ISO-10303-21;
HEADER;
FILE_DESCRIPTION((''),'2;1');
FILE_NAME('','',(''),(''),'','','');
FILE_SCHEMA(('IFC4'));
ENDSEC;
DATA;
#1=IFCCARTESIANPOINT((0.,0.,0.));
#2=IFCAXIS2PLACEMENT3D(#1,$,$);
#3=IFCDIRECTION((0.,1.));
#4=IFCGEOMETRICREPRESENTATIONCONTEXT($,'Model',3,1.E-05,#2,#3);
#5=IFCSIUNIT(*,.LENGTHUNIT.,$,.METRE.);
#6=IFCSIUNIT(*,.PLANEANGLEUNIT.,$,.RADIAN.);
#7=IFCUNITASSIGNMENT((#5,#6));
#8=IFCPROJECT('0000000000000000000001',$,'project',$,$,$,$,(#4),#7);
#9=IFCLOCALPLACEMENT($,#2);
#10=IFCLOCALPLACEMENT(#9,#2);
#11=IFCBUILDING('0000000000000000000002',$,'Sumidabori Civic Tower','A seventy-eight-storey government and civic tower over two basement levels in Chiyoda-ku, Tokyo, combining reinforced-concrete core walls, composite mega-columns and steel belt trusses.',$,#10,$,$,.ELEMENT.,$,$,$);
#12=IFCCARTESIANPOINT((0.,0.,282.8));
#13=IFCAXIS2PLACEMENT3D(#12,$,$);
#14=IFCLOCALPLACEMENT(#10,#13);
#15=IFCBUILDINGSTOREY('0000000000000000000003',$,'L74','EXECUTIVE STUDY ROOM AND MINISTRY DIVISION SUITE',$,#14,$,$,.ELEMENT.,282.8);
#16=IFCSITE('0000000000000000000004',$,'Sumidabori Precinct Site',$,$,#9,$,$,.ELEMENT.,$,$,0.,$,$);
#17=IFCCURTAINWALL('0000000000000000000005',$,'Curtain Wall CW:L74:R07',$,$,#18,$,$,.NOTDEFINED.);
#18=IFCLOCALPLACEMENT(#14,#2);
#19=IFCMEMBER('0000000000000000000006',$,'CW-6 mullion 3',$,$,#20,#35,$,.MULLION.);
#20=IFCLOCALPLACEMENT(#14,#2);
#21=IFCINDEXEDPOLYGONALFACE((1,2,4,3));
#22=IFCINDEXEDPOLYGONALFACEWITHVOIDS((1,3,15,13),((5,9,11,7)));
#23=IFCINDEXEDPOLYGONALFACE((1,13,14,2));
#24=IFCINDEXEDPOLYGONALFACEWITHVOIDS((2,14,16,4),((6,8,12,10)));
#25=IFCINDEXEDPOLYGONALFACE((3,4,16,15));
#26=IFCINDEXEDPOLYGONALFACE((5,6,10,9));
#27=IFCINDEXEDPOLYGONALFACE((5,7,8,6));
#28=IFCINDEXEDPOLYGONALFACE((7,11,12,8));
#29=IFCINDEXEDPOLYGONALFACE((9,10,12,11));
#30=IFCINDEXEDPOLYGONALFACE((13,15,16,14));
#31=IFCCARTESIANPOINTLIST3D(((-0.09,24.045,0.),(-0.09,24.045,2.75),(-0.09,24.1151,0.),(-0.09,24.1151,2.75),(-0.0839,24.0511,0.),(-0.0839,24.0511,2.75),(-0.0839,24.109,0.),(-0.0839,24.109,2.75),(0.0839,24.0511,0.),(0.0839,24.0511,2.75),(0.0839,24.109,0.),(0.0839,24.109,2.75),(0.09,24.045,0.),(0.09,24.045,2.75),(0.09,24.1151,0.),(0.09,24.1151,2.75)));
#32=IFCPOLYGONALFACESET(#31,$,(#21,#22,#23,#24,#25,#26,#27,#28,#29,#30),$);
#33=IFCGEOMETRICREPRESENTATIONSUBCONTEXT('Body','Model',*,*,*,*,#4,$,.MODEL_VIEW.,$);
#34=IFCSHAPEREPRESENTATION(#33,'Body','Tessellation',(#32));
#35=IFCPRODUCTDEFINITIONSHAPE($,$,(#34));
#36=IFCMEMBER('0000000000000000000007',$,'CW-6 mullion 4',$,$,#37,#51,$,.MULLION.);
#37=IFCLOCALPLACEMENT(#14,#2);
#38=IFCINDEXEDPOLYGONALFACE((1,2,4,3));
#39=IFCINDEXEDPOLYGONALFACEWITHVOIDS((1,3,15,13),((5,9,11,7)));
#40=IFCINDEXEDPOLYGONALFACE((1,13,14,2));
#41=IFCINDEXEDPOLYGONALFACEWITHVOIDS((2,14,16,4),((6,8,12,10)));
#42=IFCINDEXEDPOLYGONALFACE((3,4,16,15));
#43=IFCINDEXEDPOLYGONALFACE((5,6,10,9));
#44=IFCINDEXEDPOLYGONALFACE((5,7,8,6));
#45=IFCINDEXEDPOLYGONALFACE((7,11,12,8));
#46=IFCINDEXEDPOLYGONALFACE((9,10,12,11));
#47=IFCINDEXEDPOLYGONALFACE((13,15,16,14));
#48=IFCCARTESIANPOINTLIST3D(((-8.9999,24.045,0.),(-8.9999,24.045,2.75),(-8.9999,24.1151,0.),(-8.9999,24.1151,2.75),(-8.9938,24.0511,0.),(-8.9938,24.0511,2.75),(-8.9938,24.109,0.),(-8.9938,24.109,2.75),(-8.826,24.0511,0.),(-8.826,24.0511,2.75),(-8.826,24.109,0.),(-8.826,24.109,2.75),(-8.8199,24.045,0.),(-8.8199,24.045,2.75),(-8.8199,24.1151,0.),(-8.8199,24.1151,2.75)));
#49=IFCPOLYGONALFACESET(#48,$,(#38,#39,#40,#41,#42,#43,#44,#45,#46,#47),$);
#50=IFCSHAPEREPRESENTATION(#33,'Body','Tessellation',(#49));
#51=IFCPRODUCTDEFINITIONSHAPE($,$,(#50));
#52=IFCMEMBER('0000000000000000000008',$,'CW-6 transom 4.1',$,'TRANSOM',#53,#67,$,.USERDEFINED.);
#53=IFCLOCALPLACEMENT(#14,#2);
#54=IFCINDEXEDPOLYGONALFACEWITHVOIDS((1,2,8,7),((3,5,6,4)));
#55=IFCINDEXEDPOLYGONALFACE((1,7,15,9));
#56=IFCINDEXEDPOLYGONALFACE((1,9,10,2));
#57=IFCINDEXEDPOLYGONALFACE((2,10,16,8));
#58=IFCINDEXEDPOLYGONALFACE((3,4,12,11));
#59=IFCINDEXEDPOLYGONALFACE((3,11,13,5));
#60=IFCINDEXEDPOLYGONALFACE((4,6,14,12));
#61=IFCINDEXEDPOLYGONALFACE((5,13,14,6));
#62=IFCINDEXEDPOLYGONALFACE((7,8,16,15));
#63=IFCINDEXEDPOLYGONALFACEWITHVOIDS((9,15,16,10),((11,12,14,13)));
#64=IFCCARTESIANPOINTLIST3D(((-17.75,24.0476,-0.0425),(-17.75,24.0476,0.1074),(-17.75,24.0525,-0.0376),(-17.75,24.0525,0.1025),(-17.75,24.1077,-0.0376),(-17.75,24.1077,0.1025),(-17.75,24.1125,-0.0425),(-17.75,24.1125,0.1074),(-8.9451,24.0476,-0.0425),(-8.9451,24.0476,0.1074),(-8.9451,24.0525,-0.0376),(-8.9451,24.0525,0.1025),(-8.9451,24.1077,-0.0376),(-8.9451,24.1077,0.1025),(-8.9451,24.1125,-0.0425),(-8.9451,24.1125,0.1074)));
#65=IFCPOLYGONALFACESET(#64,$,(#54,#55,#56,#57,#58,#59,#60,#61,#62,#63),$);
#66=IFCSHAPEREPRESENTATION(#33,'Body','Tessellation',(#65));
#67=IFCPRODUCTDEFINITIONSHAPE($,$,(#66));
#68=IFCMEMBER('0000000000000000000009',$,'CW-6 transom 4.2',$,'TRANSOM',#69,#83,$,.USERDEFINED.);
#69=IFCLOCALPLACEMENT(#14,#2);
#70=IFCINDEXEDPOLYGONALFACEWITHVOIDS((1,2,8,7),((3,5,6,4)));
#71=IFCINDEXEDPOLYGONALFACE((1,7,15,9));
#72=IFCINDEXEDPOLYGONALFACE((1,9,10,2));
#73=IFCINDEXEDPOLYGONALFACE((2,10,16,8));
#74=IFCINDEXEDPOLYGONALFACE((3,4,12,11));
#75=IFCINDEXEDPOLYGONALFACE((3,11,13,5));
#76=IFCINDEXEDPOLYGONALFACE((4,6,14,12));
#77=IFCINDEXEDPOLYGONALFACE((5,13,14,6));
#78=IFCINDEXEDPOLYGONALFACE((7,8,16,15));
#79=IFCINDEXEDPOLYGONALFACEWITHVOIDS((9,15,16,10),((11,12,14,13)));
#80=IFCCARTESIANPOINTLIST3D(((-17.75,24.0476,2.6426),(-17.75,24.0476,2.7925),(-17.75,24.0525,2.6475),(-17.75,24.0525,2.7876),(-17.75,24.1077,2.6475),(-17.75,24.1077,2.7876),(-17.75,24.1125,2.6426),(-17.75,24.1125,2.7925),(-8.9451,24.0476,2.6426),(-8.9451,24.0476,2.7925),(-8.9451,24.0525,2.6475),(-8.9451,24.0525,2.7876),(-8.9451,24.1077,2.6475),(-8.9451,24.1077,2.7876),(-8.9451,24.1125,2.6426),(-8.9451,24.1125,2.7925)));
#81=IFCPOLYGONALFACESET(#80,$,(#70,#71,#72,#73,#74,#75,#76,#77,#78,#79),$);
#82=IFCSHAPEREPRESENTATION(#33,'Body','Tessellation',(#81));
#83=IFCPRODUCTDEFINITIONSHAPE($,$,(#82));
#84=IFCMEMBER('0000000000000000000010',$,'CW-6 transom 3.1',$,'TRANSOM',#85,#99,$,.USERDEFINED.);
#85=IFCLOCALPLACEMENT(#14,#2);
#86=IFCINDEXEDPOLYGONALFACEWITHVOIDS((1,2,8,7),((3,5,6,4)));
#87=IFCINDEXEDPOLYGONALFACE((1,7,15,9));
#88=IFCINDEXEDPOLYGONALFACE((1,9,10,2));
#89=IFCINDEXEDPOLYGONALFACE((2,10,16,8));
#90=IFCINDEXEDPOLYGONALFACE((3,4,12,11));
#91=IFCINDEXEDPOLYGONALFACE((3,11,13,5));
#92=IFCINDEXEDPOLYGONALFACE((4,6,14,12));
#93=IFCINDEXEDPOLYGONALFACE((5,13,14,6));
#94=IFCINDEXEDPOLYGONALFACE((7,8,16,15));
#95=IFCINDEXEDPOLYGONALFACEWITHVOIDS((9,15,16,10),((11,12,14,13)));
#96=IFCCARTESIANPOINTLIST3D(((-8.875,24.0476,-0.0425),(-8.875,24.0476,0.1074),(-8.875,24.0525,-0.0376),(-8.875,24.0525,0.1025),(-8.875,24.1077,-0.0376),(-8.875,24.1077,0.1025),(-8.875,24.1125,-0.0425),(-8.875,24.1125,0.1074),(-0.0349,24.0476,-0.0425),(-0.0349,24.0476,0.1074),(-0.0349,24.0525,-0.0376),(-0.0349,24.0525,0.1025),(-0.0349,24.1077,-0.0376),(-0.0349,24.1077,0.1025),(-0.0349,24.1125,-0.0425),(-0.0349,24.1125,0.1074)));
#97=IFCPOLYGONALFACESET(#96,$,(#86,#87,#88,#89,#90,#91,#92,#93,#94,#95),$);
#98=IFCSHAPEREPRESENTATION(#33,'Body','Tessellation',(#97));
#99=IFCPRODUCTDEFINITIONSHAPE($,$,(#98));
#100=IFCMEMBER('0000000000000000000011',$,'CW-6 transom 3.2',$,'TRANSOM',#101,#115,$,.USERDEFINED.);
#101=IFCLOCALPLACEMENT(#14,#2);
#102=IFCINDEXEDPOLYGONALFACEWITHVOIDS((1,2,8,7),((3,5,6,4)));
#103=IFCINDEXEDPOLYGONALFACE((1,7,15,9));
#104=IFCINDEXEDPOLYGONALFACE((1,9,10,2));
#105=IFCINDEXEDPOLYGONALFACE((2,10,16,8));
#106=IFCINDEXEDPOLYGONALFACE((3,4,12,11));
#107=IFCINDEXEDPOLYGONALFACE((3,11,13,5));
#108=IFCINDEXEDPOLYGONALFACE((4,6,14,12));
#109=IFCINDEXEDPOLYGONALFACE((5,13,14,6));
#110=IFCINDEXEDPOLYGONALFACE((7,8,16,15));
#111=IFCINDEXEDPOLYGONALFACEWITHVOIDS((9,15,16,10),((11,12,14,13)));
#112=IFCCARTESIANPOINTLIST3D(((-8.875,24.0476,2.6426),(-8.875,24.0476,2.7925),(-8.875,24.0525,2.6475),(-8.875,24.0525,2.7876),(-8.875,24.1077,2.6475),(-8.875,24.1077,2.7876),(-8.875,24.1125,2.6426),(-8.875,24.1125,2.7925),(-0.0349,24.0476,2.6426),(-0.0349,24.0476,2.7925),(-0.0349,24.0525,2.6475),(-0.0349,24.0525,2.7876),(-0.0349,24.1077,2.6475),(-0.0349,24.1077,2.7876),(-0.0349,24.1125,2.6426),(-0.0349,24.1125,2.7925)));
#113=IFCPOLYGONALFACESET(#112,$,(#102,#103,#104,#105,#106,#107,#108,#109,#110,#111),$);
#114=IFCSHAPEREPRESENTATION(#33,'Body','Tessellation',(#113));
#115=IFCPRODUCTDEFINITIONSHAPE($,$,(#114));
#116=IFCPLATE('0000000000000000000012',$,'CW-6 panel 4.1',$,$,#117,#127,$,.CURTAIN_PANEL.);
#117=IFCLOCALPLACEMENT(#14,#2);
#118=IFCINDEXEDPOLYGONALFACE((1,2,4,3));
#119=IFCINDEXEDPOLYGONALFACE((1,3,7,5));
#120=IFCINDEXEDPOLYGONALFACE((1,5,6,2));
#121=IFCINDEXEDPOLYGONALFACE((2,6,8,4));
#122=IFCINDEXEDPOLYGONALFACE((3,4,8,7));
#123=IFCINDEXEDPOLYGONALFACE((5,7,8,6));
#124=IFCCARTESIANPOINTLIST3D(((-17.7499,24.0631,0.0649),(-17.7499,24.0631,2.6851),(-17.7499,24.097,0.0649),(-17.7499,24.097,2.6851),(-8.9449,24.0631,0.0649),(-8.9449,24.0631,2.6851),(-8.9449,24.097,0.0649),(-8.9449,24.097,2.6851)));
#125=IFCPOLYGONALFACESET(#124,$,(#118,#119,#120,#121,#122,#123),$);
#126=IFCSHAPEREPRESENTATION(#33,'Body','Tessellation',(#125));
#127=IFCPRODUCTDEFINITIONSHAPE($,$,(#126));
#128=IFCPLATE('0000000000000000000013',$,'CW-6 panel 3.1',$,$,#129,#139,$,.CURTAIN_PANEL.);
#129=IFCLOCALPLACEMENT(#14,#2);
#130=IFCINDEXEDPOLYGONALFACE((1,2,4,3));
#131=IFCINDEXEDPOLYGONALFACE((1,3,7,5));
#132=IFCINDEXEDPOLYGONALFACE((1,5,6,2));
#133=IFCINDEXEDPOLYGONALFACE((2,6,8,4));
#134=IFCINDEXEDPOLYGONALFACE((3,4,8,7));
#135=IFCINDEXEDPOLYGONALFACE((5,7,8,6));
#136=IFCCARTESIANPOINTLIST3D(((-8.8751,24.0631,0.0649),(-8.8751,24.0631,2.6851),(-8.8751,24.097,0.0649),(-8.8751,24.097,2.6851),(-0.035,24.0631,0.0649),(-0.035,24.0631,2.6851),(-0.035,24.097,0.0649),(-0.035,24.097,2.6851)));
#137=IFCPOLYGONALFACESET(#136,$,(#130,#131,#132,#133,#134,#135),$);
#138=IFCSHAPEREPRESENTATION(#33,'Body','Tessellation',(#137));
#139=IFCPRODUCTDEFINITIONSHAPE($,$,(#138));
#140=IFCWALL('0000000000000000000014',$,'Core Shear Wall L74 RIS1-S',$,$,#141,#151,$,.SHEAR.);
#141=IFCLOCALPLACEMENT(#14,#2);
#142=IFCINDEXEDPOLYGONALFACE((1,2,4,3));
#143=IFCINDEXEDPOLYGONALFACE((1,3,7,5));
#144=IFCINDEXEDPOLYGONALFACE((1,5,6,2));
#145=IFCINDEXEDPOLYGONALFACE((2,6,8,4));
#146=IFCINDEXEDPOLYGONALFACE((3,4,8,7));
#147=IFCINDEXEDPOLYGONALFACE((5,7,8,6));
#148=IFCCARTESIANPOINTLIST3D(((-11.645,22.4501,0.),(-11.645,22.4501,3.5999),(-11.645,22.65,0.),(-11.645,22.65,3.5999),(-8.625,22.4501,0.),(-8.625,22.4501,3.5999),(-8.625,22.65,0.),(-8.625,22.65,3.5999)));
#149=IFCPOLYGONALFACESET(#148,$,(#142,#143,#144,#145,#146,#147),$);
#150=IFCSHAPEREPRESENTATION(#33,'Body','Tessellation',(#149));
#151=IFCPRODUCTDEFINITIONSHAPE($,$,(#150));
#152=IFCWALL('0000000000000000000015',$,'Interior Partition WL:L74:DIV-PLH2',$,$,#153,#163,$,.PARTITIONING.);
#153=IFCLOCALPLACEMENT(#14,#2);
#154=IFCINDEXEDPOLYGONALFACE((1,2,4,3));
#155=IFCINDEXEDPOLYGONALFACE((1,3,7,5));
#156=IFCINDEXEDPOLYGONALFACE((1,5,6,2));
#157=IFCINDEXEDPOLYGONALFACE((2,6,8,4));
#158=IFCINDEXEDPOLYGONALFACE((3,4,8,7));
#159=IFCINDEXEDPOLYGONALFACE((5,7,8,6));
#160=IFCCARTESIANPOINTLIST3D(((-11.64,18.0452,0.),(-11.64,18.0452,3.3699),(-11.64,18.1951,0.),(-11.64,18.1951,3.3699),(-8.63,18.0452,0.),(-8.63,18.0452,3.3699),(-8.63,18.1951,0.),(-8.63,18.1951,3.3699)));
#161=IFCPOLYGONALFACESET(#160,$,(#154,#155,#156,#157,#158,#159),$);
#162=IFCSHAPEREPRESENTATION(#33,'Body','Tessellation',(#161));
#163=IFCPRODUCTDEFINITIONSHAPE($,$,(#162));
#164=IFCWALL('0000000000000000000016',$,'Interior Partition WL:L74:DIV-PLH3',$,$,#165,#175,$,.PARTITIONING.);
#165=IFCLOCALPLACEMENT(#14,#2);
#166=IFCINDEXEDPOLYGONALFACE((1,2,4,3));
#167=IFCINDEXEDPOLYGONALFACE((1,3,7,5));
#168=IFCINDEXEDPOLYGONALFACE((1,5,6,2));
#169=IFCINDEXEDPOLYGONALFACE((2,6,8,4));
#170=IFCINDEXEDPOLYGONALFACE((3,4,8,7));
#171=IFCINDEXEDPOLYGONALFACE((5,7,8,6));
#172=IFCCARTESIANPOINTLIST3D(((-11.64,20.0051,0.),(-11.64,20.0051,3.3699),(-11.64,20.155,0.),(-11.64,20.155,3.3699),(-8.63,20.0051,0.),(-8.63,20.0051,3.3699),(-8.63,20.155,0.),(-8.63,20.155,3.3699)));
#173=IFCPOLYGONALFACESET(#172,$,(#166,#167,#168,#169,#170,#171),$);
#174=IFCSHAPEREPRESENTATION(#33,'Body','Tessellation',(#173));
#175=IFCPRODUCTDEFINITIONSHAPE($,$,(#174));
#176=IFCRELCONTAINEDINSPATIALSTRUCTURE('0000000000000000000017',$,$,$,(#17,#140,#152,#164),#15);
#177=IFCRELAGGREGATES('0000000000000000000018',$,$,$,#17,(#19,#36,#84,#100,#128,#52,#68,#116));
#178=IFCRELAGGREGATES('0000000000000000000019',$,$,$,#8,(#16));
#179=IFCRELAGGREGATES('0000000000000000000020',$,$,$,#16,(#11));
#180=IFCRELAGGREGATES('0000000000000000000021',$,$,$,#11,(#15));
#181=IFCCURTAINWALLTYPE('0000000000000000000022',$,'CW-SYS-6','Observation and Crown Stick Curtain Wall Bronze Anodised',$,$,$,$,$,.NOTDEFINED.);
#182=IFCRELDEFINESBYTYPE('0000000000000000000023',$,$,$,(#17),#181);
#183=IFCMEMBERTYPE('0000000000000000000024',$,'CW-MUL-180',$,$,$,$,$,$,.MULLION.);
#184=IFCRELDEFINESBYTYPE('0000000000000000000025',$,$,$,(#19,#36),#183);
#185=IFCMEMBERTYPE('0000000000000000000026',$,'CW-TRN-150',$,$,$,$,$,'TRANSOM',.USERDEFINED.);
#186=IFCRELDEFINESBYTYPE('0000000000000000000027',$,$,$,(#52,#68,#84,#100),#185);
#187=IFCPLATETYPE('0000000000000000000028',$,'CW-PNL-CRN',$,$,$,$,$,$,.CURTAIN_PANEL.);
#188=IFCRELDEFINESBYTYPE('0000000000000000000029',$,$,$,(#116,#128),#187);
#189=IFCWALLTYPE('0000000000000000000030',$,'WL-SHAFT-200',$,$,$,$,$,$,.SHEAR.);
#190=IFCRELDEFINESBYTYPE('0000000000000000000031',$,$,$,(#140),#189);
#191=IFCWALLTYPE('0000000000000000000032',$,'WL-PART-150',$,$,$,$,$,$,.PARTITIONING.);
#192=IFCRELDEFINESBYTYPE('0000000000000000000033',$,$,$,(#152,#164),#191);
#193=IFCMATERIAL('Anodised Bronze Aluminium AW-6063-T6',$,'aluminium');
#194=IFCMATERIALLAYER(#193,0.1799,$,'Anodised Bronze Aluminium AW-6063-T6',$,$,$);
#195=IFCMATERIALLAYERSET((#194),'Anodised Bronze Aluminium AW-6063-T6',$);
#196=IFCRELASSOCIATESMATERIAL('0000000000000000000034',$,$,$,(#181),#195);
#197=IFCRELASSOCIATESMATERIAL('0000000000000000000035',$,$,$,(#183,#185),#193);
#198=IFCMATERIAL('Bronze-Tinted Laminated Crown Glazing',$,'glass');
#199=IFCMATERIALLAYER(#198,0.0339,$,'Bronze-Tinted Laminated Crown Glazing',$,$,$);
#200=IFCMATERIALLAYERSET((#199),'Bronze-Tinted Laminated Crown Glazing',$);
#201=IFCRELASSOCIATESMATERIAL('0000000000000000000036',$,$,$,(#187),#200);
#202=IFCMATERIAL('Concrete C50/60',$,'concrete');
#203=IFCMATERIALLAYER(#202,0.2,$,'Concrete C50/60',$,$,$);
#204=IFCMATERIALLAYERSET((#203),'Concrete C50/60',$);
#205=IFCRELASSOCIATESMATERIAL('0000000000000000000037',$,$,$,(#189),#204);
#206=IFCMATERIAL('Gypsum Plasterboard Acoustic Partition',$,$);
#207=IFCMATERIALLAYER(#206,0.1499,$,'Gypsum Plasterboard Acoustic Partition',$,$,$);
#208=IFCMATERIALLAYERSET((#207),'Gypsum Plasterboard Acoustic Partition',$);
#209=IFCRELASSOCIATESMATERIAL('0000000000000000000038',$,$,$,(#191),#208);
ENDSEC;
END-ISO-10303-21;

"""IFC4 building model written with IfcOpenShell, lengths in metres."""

from ifc_helpers import new_model, si_unit, direction, frame, frame_2d, origin, origin_2d, place, context, subcontext, project, spatial, rectangle, hollow_rectangle, extrude, source, transform, mapped, material, layer, layer_set, material_profile, profile_set, type_object, element, aggregate, save


model = new_model("IFC4")

# Units and contexts
model_context = context("Model", 3, precision=1e-05, world=origin(), true_north=direction((0.0, 1.0)))
body_context = subcontext(model_context, "Body", "Model", "MODEL_VIEW")
ifc_project = project(units=[si_unit("LENGTHUNIT", "METRE"), si_unit("PLANEANGLEUNIT", "RADIAN")], contexts=[model_context])

# Site, building, storey
site_placement = place(None, origin())
site = spatial("IfcSite", under=ifc_project, at=site_placement, Name="Sumidabori Precinct Site", CompositionType="ELEMENT", RefElevation=0.0)
building_placement = place(site_placement, origin())
building = spatial("IfcBuilding", under=site, at=building_placement, Name="Sumidabori Civic Tower", Description="A seventy-eight-storey government and civic tower over two basement levels in Chiyoda-ku, Tokyo, combining reinforced-concrete core walls, composite mega-columns and steel belt trusses.", CompositionType="ELEMENT")
storey_placement = place(building_placement, frame((0.0, 0.0, 282.8)))
storey = spatial("IfcBuildingStorey", under=building, at=storey_placement, Name="L74", Description="EXECUTIVE STUDY ROOM AND MINISTRY DIVISION SUITE", CompositionType="ELEMENT", Elevation=282.8)

# Curtain wall, members, plates
ifc_material_1 = material(Name="Anodised Bronze Aluminium AW-6063-T6", Category="aluminium")
ifc_layer_1 = layer(ifc_material_1, 0.1799, Name="Anodised Bronze Aluminium AW-6063-T6")
ifc_layer_set_1 = layer_set([ifc_layer_1], Name="Anodised Bronze Aluminium AW-6063-T6")
curtain_wall_type = type_object("IfcCurtainWallType", Name="CW-SYS-6", Description="Observation and Crown Stick Curtain Wall Bronze Anodised", PredefinedType="NOTDEFINED", material=ifc_layer_set_1)
curtain_wall_placement = place(storey_placement, origin())
curtain_wall = element("IfcCurtainWall", 1, at=curtain_wall_placement, inside=storey, type_object=curtain_wall_type, Name="Curtain Wall CW:L74:R07", PredefinedType="NOTDEFINED")
ifc_material_profile_1 = material_profile(ifc_material_1, hollow_rectangle(XDim=0.0701, YDim=0.1799, WallThickness=0.0061, at=origin_2d()), Name="ALU MULLION 180x70")
ifc_profile_set_1 = profile_set([ifc_material_profile_1], Name="Anodised Bronze Aluminium AW-6063-T6")
member_type_1 = type_object("IfcMemberType", Name="CW-MUL-180", PredefinedType="MULLION", material=ifc_profile_set_1)
shared_shape_1 = source(origin(), body_context, "Body", "SweptSolid", [
    extrude(hollow_rectangle(XDim=0.0701, YDim=0.1799, WallThickness=0.0061, at=origin_2d()), origin(), (0.0, 0.0, 1.0), 2.75),
])
member_1_placement = place(storey_placement, frame((0.0, 24.0801, 0.0), z_axis=(0.0, 0.0, 1.0), x_axis=(0.0, -1.0, 0.0)))
member_1 = element("IfcMember", 2, at=member_1_placement, type_object=member_type_1, Name="CW-6 mullion 3", PredefinedType="MULLION", context=body_context, shape_type="MappedRepresentation", body=[
    mapped(shared_shape_1, transform((0.0, 0.0, 0.0), x_axis=(1.0, 0.0, 0.0), y_axis=(0.0, 1.0, 0.0), z_axis=(0.0, 0.0, 1.0), scale=1.0)),
])
member_2_placement = place(storey_placement, frame((-8.9099, 24.0801, 0.0), z_axis=(0.0, 0.0, 1.0), x_axis=(0.0, -1.0, 0.0)))
member_2 = element("IfcMember", 3, at=member_2_placement, type_object=member_type_1, Name="CW-6 mullion 4", PredefinedType="MULLION", context=body_context, shape_type="MappedRepresentation", body=[
    mapped(shared_shape_1, transform((0.0, 0.0, 0.0), x_axis=(1.0, 0.0, 0.0), y_axis=(0.0, 1.0, 0.0), z_axis=(0.0, 0.0, 1.0), scale=1.0)),
])
ifc_material_profile_2 = material_profile(ifc_material_1, hollow_rectangle(XDim=0.0649, YDim=0.1499, WallThickness=0.0049, at=origin_2d()), Name="ALU TRANSOM 150x65")
ifc_profile_set_2 = profile_set([ifc_material_profile_2], Name="Anodised Bronze Aluminium AW-6063-T6")
member_type_2 = type_object("IfcMemberType", Name="CW-TRN-150", ElementType="TRANSOM", PredefinedType="USERDEFINED", material=ifc_profile_set_2)
shared_shape_2 = source(origin(), body_context, "Body", "SweptSolid", [
    extrude(hollow_rectangle(XDim=0.0649, YDim=0.1499, WallThickness=0.0049, at=origin_2d()), origin(), (0.0, 0.0, 1.0), 8.8049),
])
member_3_placement = place(storey_placement, frame((-8.9451, 24.0801, 0.0325), z_axis=(-1.0, 0.0, 0.0), x_axis=(0.0, -1.0, 0.0)))
member_3 = element("IfcMember", 4, at=member_3_placement, type_object=member_type_2, Name="CW-6 transom 4.1", ObjectType="TRANSOM", PredefinedType="USERDEFINED", context=body_context, shape_type="MappedRepresentation", body=[
    mapped(shared_shape_2, transform((0.0, 0.0, 0.0), x_axis=(1.0, 0.0, 0.0), y_axis=(0.0, 1.0, 0.0), z_axis=(0.0, 0.0, 1.0), scale=1.0)),
])
member_4_placement = place(storey_placement, frame((-8.9451, 24.0801, 2.7175), z_axis=(-1.0, 0.0, 0.0), x_axis=(0.0, -1.0, 0.0)))
member_4 = element("IfcMember", 5, at=member_4_placement, type_object=member_type_2, Name="CW-6 transom 4.2", ObjectType="TRANSOM", PredefinedType="USERDEFINED", context=body_context, shape_type="MappedRepresentation", body=[
    mapped(shared_shape_2, transform((0.0, 0.0, 0.0), x_axis=(1.0, 0.0, 0.0), y_axis=(0.0, 1.0, 0.0), z_axis=(0.0, 0.0, 1.0), scale=1.0)),
])
shared_shape_3 = source(origin(), body_context, "Body", "SweptSolid", [
    extrude(hollow_rectangle(XDim=0.0649, YDim=0.1499, WallThickness=0.0049, at=origin_2d()), origin(), (0.0, 0.0, 1.0), 8.8401),
])
member_5_placement = place(storey_placement, frame((-0.0349, 24.0801, 0.0325), z_axis=(-1.0, 0.0, 0.0), x_axis=(0.0, -1.0, 0.0)))
member_5 = element("IfcMember", 6, at=member_5_placement, type_object=member_type_2, Name="CW-6 transom 3.1", ObjectType="TRANSOM", PredefinedType="USERDEFINED", context=body_context, shape_type="MappedRepresentation", body=[
    mapped(shared_shape_3, transform((0.0, 0.0, 0.0), x_axis=(1.0, 0.0, 0.0), y_axis=(0.0, 1.0, 0.0), z_axis=(0.0, 0.0, 1.0), scale=1.0)),
])
member_6_placement = place(storey_placement, frame((-0.0349, 24.0801, 2.7175), z_axis=(-1.0, 0.0, 0.0), x_axis=(0.0, -1.0, 0.0)))
member_6 = element("IfcMember", 7, at=member_6_placement, type_object=member_type_2, Name="CW-6 transom 3.2", ObjectType="TRANSOM", PredefinedType="USERDEFINED", context=body_context, shape_type="MappedRepresentation", body=[
    mapped(shared_shape_3, transform((0.0, 0.0, 0.0), x_axis=(1.0, 0.0, 0.0), y_axis=(0.0, 1.0, 0.0), z_axis=(0.0, 0.0, 1.0), scale=1.0)),
])
ifc_material_2 = material(Name="Bronze-Tinted Laminated Crown Glazing", Category="glass")
ifc_layer_2 = layer(ifc_material_2, 0.0339, Name="Bronze-Tinted Laminated Crown Glazing")
ifc_layer_set_2 = layer_set([ifc_layer_2], Name="Bronze-Tinted Laminated Crown Glazing")
plate_type = type_object("IfcPlateType", Name="CW-PNL-CRN", PredefinedType="CURTAIN_PANEL", material=ifc_layer_set_2)
shared_shape_4 = source(origin(), body_context, "Body", "SweptSolid", [
    extrude(rectangle(XDim=8.8049, YDim=0.0339, at=origin_2d()), origin(), (0.0, 0.0, 1.0), 2.6201),
])
plate_1_placement = place(storey_placement, frame((-13.3474, 24.0801, 0.0649), z_axis=(0.0, 0.0, 1.0), x_axis=(-1.0, 0.0, 0.0)))
plate_1 = element("IfcPlate", 8, at=plate_1_placement, type_object=plate_type, Name="CW-6 panel 4.1", PredefinedType="CURTAIN_PANEL", context=body_context, shape_type="MappedRepresentation", body=[
    mapped(shared_shape_4, transform((0.0, 0.0, 0.0), x_axis=(1.0, 0.0, 0.0), y_axis=(0.0, 1.0, 0.0), z_axis=(0.0, 0.0, 1.0), scale=1.0)),
])
shared_shape_5 = source(origin(), body_context, "Body", "SweptSolid", [
    extrude(rectangle(XDim=8.8401, YDim=0.0339, at=origin_2d()), origin(), (0.0, 0.0, 1.0), 2.6201),
])
plate_2_placement = place(storey_placement, frame((-4.4551, 24.0801, 0.0649), z_axis=(0.0, 0.0, 1.0), x_axis=(-1.0, 0.0, 0.0)))
plate_2 = element("IfcPlate", 9, at=plate_2_placement, type_object=plate_type, Name="CW-6 panel 3.1", PredefinedType="CURTAIN_PANEL", context=body_context, shape_type="MappedRepresentation", body=[
    mapped(shared_shape_5, transform((0.0, 0.0, 0.0), x_axis=(1.0, 0.0, 0.0), y_axis=(0.0, 1.0, 0.0), z_axis=(0.0, 0.0, 1.0), scale=1.0)),
])
aggregate(curtain_wall, [member_1, member_2, member_5, member_6, plate_2, member_3, member_4, plate_1])

# Walls
ifc_material_3 = material(Name="Concrete C50/60", Category="concrete")
ifc_layer_3 = layer(ifc_material_3, 0.2, Name="Concrete C50/60")
ifc_layer_set_3 = layer_set([ifc_layer_3], Name="Concrete C50/60")
wall_type_1 = type_object("IfcWallType", Name="WL-SHAFT-200", PredefinedType="SHEAR", material=ifc_layer_set_3)
shared_shape_6 = source(origin(), body_context, "Body", "SweptSolid", [
    extrude(rectangle(XDim=3.02, YDim=0.2, at=frame_2d((1.51, 0.0))), origin(), (0.0, 0.0, 1.0), 3.5999),
])
wall_1_placement = place(storey_placement, frame((-11.645, 22.55, 0.0), z_axis=(0.0, 0.0, 1.0), x_axis=(1.0, 0.0, 0.0)))
element("IfcWall", 10, at=wall_1_placement, inside=storey, type_object=wall_type_1, Name="Core Shear Wall L74 RIS1-S", PredefinedType="SHEAR", context=body_context, shape_type="MappedRepresentation", body=[
    mapped(shared_shape_6, transform((0.0, 0.0, 0.0), x_axis=(1.0, 0.0, 0.0), y_axis=(0.0, 1.0, 0.0), z_axis=(0.0, 0.0, 1.0), scale=1.0)),
])
ifc_material_4 = material(Name="Gypsum Plasterboard Acoustic Partition")
ifc_layer_4 = layer(ifc_material_4, 0.1499, Name="Gypsum Plasterboard Acoustic Partition")
ifc_layer_set_4 = layer_set([ifc_layer_4], Name="Gypsum Plasterboard Acoustic Partition")
wall_type_2 = type_object("IfcWallType", Name="WL-PART-150", PredefinedType="PARTITIONING", material=ifc_layer_set_4)
shared_shape_7 = source(origin(), body_context, "Body", "SweptSolid", [
    extrude(rectangle(XDim=3.01, YDim=0.1499, at=frame_2d((1.5049, 0.0))), origin(), (0.0, 0.0, 1.0), 3.3699),
])
for number, where, z_axis, x_axis, name in (
    (11, (-11.6399, 18.1201, 0.0), (0.0, 0.0, 1.0), (1.0, 0.0, 0.0), "Interior Partition WL:L74:DIV-PLH2"),
    (12, (-11.6399, 20.0801, 0.0), (0.0, 0.0, 1.0), (1.0, 0.0, 0.0), "Interior Partition WL:L74:DIV-PLH3"),
):
    element("IfcWall", number, at=place(storey_placement, frame(where, z_axis=z_axis, x_axis=x_axis)), inside=storey, type_object=wall_type_2, Name=name, PredefinedType="PARTITIONING", context=body_context, shape_type="MappedRepresentation", body=[
        mapped(shared_shape_7, transform((0.0, 0.0, 0.0), x_axis=(1.0, 0.0, 0.0), y_axis=(0.0, 1.0, 0.0), z_axis=(0.0, 0.0, 1.0), scale=1.0)),
    ])

save(model, "model.ifc")
